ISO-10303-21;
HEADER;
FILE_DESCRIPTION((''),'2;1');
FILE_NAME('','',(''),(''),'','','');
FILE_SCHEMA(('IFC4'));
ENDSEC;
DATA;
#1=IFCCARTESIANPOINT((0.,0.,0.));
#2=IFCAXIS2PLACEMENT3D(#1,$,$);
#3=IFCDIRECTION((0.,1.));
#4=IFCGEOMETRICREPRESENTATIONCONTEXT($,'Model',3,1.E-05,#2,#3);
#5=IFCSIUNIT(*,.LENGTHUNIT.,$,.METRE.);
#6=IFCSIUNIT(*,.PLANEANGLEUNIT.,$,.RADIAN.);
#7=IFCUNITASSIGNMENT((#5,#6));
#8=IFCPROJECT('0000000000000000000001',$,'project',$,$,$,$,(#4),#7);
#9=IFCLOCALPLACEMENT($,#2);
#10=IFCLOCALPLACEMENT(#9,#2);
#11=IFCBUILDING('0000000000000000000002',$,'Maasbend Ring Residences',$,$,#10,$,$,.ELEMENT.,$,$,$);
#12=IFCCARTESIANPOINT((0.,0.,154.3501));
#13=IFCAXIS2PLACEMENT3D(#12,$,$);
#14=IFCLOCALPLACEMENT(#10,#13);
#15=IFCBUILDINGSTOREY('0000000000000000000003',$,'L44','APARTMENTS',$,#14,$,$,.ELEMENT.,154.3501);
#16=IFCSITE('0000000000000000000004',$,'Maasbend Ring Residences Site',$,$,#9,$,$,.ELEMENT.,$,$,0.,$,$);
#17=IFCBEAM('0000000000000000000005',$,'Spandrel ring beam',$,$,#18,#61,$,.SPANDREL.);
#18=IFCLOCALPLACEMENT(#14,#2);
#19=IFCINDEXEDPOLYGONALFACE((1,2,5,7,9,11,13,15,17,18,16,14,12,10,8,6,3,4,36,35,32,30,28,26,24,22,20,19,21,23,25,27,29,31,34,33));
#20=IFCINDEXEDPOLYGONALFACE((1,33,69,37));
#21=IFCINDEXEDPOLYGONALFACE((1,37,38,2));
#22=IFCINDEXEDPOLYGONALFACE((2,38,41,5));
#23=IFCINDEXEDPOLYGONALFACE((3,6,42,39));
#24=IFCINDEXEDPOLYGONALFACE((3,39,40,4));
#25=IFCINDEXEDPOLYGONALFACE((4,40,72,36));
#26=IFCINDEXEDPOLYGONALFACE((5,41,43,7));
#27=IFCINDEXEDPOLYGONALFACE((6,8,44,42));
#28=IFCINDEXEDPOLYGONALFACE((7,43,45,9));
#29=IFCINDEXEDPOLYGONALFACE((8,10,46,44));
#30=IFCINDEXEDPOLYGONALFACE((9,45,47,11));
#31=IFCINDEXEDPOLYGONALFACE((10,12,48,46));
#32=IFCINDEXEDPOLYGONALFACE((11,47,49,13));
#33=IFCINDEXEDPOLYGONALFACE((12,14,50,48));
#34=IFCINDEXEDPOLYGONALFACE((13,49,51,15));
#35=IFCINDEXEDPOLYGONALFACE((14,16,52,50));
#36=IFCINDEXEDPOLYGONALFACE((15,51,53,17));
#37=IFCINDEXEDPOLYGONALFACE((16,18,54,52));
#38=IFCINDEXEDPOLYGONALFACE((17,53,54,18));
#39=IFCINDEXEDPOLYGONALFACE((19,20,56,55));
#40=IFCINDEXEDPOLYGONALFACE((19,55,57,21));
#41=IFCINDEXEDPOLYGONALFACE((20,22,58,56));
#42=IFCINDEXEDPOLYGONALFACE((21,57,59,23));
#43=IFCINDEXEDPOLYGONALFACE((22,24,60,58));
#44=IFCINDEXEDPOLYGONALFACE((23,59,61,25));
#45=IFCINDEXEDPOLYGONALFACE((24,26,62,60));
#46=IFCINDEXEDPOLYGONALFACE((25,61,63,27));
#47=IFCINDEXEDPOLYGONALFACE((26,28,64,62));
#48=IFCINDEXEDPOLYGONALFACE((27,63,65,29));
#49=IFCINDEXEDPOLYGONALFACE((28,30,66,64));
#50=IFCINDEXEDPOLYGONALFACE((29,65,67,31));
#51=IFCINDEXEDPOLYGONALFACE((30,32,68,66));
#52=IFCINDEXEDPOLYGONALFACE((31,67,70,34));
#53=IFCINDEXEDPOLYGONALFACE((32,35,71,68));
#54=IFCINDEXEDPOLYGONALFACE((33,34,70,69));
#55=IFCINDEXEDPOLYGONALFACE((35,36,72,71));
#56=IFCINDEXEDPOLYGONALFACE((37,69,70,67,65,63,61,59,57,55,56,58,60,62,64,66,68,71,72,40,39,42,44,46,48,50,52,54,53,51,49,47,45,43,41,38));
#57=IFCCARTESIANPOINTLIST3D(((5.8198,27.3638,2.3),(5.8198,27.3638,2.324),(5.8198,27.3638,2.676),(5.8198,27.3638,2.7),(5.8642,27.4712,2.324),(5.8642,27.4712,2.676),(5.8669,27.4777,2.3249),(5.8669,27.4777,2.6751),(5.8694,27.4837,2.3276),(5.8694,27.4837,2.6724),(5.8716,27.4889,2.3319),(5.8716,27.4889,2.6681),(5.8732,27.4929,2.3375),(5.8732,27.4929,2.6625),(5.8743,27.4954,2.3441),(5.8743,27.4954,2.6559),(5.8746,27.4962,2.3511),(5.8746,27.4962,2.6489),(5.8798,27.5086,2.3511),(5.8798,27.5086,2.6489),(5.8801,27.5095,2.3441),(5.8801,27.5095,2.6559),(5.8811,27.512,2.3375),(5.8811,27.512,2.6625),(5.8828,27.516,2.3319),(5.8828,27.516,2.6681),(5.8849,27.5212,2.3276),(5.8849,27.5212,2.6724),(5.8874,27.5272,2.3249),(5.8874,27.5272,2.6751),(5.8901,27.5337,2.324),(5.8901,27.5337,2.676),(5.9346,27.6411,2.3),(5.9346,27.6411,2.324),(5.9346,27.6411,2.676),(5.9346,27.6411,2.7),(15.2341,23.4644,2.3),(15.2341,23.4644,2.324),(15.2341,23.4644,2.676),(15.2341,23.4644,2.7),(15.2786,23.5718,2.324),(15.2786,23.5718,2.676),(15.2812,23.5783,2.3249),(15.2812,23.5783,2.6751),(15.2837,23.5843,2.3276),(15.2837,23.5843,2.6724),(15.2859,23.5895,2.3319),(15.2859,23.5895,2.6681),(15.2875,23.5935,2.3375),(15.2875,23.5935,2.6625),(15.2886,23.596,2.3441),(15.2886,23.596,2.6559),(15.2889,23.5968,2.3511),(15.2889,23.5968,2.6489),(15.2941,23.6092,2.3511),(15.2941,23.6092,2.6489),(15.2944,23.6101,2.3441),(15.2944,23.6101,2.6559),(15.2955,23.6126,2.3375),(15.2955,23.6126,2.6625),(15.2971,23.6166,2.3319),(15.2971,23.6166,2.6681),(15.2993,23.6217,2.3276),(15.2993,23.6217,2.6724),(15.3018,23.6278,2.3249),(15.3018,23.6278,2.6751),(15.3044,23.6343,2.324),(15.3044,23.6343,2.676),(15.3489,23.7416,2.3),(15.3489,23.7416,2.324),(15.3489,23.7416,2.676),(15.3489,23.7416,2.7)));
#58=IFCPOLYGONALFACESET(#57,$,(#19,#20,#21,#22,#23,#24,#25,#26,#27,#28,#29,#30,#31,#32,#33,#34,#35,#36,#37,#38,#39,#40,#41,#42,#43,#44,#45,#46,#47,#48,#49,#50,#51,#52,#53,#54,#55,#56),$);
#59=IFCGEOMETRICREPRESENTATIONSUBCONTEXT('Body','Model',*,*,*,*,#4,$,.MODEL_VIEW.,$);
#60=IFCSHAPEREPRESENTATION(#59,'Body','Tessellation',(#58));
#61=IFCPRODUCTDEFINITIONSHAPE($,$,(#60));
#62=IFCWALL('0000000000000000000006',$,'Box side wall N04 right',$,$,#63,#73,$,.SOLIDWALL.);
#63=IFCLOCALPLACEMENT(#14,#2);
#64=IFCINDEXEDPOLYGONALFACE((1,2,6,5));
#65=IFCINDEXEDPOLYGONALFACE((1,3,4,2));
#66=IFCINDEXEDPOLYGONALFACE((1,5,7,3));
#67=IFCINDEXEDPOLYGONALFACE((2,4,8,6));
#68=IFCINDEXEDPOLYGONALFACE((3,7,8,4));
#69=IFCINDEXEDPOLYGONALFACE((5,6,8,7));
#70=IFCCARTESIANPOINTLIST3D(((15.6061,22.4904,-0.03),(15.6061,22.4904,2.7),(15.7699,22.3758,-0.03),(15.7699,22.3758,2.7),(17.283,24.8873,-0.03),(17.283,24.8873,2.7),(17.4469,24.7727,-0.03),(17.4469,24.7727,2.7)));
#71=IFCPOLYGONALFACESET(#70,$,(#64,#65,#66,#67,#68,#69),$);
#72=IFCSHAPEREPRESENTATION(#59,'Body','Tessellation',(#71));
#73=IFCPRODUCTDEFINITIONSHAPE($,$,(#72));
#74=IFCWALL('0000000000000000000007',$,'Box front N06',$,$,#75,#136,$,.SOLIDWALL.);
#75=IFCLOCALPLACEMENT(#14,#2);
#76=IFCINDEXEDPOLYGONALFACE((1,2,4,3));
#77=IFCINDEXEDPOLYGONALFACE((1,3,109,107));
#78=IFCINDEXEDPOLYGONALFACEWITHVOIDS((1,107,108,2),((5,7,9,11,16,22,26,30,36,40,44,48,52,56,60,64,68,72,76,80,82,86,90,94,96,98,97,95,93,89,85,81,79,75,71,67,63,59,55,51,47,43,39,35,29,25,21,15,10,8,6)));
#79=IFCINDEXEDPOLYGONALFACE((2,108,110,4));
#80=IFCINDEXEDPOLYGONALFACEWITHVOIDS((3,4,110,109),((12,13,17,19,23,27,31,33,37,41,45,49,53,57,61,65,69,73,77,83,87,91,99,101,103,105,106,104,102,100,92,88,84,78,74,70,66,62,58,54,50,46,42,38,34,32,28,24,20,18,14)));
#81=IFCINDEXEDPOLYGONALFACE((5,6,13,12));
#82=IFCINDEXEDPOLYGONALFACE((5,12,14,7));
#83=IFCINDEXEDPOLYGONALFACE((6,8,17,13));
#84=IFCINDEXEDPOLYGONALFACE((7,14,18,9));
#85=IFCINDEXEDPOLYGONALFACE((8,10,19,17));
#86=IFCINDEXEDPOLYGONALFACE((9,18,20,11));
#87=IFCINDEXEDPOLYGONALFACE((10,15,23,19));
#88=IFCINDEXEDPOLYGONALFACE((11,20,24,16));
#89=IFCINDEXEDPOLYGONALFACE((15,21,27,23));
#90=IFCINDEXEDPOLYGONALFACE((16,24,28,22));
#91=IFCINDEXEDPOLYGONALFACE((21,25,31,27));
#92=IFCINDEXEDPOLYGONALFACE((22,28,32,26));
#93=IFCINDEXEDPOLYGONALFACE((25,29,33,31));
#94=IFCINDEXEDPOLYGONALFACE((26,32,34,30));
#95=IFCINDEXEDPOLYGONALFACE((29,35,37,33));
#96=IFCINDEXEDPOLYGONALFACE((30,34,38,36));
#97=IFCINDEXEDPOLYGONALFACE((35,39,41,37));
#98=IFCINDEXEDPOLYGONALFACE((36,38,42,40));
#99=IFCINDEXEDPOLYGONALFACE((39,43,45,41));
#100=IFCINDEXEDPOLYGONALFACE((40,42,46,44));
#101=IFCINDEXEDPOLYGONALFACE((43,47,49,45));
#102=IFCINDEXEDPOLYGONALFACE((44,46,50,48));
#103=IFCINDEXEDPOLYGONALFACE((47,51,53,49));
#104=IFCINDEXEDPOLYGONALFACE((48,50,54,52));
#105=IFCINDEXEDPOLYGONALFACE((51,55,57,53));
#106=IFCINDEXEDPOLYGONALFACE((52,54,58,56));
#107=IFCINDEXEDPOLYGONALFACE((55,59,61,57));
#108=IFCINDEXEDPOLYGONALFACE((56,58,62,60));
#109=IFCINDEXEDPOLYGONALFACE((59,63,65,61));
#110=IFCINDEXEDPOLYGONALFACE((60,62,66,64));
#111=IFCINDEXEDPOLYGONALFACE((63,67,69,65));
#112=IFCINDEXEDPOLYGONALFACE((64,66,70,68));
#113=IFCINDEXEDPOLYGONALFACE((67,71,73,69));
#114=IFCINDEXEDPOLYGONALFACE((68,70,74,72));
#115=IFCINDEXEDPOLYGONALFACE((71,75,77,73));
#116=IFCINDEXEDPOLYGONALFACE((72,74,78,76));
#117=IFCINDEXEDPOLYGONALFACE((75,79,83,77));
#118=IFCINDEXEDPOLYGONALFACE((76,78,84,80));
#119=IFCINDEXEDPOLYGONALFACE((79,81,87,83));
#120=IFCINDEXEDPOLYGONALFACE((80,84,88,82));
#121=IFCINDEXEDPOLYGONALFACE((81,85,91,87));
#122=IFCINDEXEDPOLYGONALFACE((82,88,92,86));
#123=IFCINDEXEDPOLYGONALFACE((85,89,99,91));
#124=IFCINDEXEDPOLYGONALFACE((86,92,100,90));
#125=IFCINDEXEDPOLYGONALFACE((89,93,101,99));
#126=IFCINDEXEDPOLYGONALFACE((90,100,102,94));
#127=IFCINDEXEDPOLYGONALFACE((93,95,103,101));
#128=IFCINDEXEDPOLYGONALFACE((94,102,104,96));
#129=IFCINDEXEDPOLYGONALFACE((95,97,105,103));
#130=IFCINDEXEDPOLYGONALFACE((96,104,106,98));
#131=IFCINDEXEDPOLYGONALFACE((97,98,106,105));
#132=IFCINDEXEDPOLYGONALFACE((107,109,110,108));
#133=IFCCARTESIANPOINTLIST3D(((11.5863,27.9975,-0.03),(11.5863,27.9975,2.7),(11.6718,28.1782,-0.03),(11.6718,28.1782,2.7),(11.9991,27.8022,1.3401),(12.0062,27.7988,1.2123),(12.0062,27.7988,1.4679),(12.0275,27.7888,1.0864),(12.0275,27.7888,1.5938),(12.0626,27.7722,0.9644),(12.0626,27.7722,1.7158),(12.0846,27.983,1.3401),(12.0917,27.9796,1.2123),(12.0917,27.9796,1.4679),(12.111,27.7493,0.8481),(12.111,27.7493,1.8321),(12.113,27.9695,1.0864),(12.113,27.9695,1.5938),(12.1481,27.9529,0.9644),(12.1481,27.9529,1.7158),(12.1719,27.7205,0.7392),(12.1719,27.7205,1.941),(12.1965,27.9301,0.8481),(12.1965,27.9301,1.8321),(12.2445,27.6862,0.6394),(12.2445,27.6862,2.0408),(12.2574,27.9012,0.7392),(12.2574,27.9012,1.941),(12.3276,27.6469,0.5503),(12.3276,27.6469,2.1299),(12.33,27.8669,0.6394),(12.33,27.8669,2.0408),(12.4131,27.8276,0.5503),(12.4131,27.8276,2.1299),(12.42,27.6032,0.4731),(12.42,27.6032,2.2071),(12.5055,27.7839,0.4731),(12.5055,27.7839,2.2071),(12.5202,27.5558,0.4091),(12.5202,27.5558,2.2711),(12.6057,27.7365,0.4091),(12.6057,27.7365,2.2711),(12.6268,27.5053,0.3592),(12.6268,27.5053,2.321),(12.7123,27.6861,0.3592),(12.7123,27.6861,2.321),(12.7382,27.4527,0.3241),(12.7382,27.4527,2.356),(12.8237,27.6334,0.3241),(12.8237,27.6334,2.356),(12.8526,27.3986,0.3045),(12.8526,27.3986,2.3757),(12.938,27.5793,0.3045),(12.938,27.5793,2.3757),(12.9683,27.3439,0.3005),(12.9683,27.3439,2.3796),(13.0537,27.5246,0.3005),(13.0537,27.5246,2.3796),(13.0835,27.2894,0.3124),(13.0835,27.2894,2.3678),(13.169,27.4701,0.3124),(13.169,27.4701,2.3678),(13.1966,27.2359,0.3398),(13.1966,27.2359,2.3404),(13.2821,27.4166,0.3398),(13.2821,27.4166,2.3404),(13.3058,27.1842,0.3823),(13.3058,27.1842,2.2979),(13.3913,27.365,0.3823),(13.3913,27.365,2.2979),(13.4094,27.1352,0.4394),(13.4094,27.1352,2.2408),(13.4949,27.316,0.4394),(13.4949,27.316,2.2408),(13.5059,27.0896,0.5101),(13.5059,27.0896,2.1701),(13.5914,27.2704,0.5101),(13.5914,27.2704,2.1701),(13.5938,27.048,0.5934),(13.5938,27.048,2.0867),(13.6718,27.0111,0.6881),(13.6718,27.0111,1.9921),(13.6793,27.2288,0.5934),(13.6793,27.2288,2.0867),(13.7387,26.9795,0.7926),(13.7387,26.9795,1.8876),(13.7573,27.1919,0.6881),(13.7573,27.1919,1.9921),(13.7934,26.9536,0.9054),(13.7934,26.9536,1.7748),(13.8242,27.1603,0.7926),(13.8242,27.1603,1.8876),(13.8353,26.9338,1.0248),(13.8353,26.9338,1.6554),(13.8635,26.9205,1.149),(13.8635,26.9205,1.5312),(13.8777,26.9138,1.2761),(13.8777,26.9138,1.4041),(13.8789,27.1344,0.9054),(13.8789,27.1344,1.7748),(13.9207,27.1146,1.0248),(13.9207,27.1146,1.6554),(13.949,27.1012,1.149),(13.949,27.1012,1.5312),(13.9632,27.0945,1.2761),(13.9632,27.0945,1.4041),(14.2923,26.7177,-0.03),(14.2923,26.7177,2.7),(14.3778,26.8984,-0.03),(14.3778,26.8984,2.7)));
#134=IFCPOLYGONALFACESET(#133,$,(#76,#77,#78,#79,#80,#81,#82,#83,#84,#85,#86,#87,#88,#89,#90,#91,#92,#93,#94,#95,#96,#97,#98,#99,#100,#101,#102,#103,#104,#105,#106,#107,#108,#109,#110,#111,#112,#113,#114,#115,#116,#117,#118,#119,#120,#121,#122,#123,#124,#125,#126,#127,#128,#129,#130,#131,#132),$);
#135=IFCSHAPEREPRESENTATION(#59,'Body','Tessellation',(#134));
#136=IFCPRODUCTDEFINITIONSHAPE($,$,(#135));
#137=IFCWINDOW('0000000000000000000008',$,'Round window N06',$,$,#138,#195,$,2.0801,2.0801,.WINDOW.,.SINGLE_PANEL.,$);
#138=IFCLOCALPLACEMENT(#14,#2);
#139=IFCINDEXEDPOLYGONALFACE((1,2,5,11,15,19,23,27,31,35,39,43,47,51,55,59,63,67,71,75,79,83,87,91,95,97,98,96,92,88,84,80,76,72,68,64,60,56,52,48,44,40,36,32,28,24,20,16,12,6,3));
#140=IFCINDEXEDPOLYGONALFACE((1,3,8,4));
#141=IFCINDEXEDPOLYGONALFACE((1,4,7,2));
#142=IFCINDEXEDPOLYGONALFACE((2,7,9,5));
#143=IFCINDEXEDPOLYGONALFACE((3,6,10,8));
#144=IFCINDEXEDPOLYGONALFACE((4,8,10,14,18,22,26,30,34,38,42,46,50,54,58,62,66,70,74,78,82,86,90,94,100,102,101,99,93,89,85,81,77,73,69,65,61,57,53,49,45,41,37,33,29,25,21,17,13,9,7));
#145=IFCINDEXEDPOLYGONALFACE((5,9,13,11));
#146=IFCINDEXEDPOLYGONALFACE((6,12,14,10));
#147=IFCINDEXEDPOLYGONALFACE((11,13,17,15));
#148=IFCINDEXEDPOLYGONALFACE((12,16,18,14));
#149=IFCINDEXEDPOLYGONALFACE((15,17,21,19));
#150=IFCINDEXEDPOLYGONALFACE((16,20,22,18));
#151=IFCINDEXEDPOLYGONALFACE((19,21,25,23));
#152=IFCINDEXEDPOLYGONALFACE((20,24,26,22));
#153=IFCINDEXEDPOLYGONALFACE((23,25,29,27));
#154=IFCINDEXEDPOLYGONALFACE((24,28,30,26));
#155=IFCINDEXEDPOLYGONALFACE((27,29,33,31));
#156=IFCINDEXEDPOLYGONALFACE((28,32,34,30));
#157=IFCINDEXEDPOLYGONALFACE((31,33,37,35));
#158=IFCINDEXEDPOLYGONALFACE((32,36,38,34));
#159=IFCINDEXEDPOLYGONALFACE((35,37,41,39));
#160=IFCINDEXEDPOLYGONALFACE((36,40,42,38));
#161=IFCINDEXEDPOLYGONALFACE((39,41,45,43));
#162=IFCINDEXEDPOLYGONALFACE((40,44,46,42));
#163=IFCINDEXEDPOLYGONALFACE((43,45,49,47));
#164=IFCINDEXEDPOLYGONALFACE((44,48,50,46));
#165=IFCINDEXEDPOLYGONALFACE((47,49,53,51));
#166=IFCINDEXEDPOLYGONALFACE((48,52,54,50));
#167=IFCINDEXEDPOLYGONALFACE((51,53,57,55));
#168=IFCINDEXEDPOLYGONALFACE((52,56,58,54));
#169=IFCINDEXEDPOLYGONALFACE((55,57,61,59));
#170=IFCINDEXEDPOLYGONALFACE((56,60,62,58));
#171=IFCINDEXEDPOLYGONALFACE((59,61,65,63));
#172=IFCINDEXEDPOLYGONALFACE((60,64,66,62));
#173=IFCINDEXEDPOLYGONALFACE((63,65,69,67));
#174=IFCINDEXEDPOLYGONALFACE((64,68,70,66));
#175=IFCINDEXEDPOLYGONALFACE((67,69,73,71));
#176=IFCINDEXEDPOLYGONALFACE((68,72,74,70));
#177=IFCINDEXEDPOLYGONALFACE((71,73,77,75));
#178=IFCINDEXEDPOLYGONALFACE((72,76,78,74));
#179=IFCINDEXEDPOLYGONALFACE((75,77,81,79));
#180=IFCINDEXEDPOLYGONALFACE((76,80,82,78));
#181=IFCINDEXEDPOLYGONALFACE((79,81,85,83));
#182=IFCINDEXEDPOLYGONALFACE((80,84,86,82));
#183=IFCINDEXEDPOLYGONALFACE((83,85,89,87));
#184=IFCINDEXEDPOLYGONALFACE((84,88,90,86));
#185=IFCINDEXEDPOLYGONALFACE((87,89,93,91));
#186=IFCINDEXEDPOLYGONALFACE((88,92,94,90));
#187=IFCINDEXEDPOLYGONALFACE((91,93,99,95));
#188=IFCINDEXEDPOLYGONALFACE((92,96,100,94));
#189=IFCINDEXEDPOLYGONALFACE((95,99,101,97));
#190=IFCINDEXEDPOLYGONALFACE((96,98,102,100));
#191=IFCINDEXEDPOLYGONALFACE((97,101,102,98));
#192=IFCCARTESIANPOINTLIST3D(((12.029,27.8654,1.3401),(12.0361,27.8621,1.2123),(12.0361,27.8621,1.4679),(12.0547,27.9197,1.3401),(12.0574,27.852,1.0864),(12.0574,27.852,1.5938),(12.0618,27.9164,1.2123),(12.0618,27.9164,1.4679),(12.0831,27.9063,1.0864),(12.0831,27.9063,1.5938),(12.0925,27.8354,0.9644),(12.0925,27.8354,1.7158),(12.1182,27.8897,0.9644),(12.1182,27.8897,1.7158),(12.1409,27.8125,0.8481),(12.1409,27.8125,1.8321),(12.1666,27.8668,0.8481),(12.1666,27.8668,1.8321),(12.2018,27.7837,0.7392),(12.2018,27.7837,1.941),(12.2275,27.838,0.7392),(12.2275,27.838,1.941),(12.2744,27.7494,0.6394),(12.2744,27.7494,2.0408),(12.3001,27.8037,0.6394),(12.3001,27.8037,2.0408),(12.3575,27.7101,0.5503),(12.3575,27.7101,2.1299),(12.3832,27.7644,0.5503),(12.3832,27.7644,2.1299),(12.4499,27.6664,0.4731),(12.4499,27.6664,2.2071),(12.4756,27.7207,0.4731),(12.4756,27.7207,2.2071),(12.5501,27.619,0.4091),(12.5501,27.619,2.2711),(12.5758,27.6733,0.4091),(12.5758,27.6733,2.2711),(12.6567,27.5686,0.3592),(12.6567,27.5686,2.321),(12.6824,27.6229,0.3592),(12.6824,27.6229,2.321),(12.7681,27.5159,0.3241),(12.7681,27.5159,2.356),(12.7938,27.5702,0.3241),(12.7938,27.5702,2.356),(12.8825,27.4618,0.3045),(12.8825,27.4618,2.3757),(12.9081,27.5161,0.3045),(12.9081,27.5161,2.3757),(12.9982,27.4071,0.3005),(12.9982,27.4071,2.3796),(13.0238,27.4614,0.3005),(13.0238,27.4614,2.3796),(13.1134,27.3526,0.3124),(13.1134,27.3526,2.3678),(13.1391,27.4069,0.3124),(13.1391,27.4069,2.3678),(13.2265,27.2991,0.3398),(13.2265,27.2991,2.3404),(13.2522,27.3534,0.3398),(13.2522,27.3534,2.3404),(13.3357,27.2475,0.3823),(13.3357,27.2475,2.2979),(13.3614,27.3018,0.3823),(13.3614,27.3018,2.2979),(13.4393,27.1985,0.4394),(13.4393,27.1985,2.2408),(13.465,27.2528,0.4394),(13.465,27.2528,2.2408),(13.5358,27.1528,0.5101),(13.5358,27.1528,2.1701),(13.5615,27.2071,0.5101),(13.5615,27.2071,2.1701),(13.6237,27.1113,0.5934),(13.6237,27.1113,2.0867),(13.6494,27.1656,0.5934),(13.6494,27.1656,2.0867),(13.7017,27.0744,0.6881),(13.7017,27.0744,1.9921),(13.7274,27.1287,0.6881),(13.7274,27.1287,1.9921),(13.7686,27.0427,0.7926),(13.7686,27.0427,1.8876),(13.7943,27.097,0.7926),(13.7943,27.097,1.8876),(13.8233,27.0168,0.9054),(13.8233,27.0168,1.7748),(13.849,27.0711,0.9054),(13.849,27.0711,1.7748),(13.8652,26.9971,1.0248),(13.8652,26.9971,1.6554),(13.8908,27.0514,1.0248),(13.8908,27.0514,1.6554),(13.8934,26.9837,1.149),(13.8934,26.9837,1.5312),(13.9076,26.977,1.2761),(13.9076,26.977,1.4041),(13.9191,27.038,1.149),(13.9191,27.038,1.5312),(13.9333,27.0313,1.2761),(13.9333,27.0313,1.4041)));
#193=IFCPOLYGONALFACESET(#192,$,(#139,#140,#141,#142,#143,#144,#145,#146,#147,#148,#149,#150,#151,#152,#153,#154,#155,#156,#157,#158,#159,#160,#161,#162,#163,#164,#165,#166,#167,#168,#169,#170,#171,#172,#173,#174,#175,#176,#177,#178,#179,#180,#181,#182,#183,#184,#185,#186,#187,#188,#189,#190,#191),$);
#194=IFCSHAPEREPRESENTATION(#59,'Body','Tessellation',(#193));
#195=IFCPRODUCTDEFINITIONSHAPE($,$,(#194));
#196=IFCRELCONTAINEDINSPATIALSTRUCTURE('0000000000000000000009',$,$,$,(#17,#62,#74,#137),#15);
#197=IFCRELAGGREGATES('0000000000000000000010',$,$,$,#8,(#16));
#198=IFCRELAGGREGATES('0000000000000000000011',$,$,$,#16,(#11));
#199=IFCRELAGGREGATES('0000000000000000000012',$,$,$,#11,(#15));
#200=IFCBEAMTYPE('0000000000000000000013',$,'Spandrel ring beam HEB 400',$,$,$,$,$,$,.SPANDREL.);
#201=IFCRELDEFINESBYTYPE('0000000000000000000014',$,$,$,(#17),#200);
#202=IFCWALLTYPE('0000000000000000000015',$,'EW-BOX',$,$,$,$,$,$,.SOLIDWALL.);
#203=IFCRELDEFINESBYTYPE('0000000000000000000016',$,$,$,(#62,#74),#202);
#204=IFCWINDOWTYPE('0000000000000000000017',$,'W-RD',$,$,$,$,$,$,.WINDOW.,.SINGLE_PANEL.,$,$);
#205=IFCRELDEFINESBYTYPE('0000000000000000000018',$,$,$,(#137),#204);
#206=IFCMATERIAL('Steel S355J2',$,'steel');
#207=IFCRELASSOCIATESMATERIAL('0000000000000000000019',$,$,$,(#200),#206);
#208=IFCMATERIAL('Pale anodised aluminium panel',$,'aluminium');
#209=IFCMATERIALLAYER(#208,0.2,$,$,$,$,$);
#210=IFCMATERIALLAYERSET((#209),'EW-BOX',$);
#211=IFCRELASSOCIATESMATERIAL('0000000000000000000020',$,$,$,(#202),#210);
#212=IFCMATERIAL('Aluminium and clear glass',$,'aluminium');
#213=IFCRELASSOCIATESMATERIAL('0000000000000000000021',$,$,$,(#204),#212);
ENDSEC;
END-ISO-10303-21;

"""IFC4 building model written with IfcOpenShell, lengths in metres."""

from ifc_helpers import new_model, si_unit, direction, frame, frame_2d, origin, origin_2d, place, context, subcontext, project, spatial, rectangle, circle, i_section, extrude, material, layer, layer_set, material_profile, profile_set, type_object, element, fill, save


model = new_model("IFC4")

# Units and contexts
model_context = context("Model", 3, precision=1e-05, world=origin(), true_north=direction((0.0, 1.0)))
body_context = subcontext(model_context, "Body", "Model", "MODEL_VIEW")
ifc_project = project(units=[si_unit("LENGTHUNIT", "METRE"), si_unit("PLANEANGLEUNIT", "RADIAN")], contexts=[model_context])

# Site, building, storey
site_placement = place(None, origin())
site = spatial("IfcSite", under=ifc_project, at=site_placement, Name="Maasbend Ring Residences Site", CompositionType="ELEMENT", RefElevation=0.0)
building_placement = place(site_placement, origin())
building = spatial("IfcBuilding", under=site, at=building_placement, Name="Maasbend Ring Residences", CompositionType="ELEMENT")
storey_placement = place(building_placement, frame((0.0, 0.0, 154.3501)))
storey = spatial("IfcBuildingStorey", under=building, at=storey_placement, Name="L44", Description="APARTMENTS", CompositionType="ELEMENT", Elevation=154.3501)

# Beam
ifc_material_1 = material(Name="Steel S355J2", Category="steel")
ifc_material_profile_1 = material_profile(ifc_material_1, i_section(OverallWidth=0.3, OverallDepth=0.3999, WebThickness=0.0134, FlangeThickness=0.0239, FilletRadius=0.0271, at=origin_2d()), Name="HEB 400")
ifc_profile_set_1 = profile_set([ifc_material_profile_1], Name="Steel S355J2")
beam_type_1 = type_object("IfcBeamType", Name="Spandrel ring beam HEB 400", PredefinedType="SPANDREL", material=ifc_profile_set_1)
beam_1_placement = place(storey_placement, frame((15.2915, 23.603, 2.5), z_axis=(-0.923884, 0.382673, 0.0), x_axis=(-0.382673, -0.923884, 0.0)))
element("IfcBeam", 1, at=beam_1_placement, inside=storey, type_object=beam_type_1, Name="Spandrel ring beam", PredefinedType="SPANDREL", context=body_context, shape_type="SweptSolid", body=[
    extrude(i_section(OverallWidth=0.3, OverallDepth=0.3999, WebThickness=0.0134, FlangeThickness=0.0239, FilletRadius=0.0271, at=origin_2d()), origin(), (0.0, 0.0, 1.0), 10.1899),
])

# Wall
ifc_material_2 = material(Name="Pale anodised aluminium panel", Category="aluminium")
ifc_layer_1 = layer(ifc_material_2, 0.2)
ifc_layer_set_1 = layer_set([ifc_layer_1], Name="EW-BOX")
wall_type_1 = type_object("IfcWallType", Name="EW-BOX", PredefinedType="SOLIDWALL", material=ifc_layer_set_1)
wall_1_placement = place(storey_placement, frame((15.688, 22.4331, -0.03), z_axis=(0.0, 0.0, 1.0), x_axis=(0.573261, 0.819373, 0.0)))
element("IfcWall", 2, at=wall_1_placement, inside=storey, type_object=wall_type_1, Name="Box side wall N04 right", PredefinedType="SOLIDWALL", context=body_context, shape_type="SweptSolid", body=[
    extrude(rectangle(XDim=2.9253, YDim=0.2, at=frame_2d((1.4626, 0.0))), origin(), (0.0, 0.0, 1.0), 2.73),
])

# Wall, opening, window
wall_2_placement = place(storey_placement, frame((14.335, 26.8081, -0.03), z_axis=(0.0, 0.0, 1.0), x_axis=(-0.904, 0.427532, 0.0)))
wall_2 = element("IfcWall", 3, at=wall_2_placement, inside=storey, type_object=wall_type_1, Name="Box front N06", PredefinedType="SOLIDWALL", context=body_context, shape_type="SweptSolid", body=[
    extrude(rectangle(XDim=2.9934, YDim=0.2, at=frame_2d((1.4966, 0.0))), origin(), (0.0, 0.0, 1.0), 2.73),
])
opening_1_placement = place(wall_2_placement, frame((0.4565, 0.0, 0.3301)))
opening_1 = element("IfcOpeningElement", 4, at=opening_1_placement, cuts=wall_2, PredefinedType="OPENING", context=body_context, shape_type="SweptSolid", body=[
    extrude(circle(Radius=1.04, at=frame_2d((1.04, 1.04))), frame((0.0, 0.1099, 0.0), z_axis=(0.0, -1.0, 0.0), x_axis=(1.0, 0.0, 0.0)), (0.0, 0.0, 1.0), 0.22),
])
ifc_material_3 = material(Name="Aluminium and clear glass", Category="aluminium")
window_type_1 = type_object("IfcWindowType", Name="W-RD", PartitioningType="SINGLE_PANEL", PredefinedType="WINDOW", material=ifc_material_3)
window_1_placement = place(opening_1_placement, origin())
window_1 = element("IfcWindow", 5, at=window_1_placement, inside=storey, type_object=window_type_1, Name="Round window N06", OverallHeight=2.0801, OverallWidth=2.0801, PartitioningType="SINGLE_PANEL", PredefinedType="WINDOW", context=body_context, shape_type="SweptSolid", body=[
    extrude(circle(Radius=1.04, at=frame_2d((1.04, 1.04))), frame((0.0, 0.03, 0.0), z_axis=(0.0, -1.0, 0.0), x_axis=(1.0, 0.0, 0.0)), (0.0, 0.0, 1.0), 0.0601),
])
fill(opening_1, window_1)

save(model, "model.ifc")
